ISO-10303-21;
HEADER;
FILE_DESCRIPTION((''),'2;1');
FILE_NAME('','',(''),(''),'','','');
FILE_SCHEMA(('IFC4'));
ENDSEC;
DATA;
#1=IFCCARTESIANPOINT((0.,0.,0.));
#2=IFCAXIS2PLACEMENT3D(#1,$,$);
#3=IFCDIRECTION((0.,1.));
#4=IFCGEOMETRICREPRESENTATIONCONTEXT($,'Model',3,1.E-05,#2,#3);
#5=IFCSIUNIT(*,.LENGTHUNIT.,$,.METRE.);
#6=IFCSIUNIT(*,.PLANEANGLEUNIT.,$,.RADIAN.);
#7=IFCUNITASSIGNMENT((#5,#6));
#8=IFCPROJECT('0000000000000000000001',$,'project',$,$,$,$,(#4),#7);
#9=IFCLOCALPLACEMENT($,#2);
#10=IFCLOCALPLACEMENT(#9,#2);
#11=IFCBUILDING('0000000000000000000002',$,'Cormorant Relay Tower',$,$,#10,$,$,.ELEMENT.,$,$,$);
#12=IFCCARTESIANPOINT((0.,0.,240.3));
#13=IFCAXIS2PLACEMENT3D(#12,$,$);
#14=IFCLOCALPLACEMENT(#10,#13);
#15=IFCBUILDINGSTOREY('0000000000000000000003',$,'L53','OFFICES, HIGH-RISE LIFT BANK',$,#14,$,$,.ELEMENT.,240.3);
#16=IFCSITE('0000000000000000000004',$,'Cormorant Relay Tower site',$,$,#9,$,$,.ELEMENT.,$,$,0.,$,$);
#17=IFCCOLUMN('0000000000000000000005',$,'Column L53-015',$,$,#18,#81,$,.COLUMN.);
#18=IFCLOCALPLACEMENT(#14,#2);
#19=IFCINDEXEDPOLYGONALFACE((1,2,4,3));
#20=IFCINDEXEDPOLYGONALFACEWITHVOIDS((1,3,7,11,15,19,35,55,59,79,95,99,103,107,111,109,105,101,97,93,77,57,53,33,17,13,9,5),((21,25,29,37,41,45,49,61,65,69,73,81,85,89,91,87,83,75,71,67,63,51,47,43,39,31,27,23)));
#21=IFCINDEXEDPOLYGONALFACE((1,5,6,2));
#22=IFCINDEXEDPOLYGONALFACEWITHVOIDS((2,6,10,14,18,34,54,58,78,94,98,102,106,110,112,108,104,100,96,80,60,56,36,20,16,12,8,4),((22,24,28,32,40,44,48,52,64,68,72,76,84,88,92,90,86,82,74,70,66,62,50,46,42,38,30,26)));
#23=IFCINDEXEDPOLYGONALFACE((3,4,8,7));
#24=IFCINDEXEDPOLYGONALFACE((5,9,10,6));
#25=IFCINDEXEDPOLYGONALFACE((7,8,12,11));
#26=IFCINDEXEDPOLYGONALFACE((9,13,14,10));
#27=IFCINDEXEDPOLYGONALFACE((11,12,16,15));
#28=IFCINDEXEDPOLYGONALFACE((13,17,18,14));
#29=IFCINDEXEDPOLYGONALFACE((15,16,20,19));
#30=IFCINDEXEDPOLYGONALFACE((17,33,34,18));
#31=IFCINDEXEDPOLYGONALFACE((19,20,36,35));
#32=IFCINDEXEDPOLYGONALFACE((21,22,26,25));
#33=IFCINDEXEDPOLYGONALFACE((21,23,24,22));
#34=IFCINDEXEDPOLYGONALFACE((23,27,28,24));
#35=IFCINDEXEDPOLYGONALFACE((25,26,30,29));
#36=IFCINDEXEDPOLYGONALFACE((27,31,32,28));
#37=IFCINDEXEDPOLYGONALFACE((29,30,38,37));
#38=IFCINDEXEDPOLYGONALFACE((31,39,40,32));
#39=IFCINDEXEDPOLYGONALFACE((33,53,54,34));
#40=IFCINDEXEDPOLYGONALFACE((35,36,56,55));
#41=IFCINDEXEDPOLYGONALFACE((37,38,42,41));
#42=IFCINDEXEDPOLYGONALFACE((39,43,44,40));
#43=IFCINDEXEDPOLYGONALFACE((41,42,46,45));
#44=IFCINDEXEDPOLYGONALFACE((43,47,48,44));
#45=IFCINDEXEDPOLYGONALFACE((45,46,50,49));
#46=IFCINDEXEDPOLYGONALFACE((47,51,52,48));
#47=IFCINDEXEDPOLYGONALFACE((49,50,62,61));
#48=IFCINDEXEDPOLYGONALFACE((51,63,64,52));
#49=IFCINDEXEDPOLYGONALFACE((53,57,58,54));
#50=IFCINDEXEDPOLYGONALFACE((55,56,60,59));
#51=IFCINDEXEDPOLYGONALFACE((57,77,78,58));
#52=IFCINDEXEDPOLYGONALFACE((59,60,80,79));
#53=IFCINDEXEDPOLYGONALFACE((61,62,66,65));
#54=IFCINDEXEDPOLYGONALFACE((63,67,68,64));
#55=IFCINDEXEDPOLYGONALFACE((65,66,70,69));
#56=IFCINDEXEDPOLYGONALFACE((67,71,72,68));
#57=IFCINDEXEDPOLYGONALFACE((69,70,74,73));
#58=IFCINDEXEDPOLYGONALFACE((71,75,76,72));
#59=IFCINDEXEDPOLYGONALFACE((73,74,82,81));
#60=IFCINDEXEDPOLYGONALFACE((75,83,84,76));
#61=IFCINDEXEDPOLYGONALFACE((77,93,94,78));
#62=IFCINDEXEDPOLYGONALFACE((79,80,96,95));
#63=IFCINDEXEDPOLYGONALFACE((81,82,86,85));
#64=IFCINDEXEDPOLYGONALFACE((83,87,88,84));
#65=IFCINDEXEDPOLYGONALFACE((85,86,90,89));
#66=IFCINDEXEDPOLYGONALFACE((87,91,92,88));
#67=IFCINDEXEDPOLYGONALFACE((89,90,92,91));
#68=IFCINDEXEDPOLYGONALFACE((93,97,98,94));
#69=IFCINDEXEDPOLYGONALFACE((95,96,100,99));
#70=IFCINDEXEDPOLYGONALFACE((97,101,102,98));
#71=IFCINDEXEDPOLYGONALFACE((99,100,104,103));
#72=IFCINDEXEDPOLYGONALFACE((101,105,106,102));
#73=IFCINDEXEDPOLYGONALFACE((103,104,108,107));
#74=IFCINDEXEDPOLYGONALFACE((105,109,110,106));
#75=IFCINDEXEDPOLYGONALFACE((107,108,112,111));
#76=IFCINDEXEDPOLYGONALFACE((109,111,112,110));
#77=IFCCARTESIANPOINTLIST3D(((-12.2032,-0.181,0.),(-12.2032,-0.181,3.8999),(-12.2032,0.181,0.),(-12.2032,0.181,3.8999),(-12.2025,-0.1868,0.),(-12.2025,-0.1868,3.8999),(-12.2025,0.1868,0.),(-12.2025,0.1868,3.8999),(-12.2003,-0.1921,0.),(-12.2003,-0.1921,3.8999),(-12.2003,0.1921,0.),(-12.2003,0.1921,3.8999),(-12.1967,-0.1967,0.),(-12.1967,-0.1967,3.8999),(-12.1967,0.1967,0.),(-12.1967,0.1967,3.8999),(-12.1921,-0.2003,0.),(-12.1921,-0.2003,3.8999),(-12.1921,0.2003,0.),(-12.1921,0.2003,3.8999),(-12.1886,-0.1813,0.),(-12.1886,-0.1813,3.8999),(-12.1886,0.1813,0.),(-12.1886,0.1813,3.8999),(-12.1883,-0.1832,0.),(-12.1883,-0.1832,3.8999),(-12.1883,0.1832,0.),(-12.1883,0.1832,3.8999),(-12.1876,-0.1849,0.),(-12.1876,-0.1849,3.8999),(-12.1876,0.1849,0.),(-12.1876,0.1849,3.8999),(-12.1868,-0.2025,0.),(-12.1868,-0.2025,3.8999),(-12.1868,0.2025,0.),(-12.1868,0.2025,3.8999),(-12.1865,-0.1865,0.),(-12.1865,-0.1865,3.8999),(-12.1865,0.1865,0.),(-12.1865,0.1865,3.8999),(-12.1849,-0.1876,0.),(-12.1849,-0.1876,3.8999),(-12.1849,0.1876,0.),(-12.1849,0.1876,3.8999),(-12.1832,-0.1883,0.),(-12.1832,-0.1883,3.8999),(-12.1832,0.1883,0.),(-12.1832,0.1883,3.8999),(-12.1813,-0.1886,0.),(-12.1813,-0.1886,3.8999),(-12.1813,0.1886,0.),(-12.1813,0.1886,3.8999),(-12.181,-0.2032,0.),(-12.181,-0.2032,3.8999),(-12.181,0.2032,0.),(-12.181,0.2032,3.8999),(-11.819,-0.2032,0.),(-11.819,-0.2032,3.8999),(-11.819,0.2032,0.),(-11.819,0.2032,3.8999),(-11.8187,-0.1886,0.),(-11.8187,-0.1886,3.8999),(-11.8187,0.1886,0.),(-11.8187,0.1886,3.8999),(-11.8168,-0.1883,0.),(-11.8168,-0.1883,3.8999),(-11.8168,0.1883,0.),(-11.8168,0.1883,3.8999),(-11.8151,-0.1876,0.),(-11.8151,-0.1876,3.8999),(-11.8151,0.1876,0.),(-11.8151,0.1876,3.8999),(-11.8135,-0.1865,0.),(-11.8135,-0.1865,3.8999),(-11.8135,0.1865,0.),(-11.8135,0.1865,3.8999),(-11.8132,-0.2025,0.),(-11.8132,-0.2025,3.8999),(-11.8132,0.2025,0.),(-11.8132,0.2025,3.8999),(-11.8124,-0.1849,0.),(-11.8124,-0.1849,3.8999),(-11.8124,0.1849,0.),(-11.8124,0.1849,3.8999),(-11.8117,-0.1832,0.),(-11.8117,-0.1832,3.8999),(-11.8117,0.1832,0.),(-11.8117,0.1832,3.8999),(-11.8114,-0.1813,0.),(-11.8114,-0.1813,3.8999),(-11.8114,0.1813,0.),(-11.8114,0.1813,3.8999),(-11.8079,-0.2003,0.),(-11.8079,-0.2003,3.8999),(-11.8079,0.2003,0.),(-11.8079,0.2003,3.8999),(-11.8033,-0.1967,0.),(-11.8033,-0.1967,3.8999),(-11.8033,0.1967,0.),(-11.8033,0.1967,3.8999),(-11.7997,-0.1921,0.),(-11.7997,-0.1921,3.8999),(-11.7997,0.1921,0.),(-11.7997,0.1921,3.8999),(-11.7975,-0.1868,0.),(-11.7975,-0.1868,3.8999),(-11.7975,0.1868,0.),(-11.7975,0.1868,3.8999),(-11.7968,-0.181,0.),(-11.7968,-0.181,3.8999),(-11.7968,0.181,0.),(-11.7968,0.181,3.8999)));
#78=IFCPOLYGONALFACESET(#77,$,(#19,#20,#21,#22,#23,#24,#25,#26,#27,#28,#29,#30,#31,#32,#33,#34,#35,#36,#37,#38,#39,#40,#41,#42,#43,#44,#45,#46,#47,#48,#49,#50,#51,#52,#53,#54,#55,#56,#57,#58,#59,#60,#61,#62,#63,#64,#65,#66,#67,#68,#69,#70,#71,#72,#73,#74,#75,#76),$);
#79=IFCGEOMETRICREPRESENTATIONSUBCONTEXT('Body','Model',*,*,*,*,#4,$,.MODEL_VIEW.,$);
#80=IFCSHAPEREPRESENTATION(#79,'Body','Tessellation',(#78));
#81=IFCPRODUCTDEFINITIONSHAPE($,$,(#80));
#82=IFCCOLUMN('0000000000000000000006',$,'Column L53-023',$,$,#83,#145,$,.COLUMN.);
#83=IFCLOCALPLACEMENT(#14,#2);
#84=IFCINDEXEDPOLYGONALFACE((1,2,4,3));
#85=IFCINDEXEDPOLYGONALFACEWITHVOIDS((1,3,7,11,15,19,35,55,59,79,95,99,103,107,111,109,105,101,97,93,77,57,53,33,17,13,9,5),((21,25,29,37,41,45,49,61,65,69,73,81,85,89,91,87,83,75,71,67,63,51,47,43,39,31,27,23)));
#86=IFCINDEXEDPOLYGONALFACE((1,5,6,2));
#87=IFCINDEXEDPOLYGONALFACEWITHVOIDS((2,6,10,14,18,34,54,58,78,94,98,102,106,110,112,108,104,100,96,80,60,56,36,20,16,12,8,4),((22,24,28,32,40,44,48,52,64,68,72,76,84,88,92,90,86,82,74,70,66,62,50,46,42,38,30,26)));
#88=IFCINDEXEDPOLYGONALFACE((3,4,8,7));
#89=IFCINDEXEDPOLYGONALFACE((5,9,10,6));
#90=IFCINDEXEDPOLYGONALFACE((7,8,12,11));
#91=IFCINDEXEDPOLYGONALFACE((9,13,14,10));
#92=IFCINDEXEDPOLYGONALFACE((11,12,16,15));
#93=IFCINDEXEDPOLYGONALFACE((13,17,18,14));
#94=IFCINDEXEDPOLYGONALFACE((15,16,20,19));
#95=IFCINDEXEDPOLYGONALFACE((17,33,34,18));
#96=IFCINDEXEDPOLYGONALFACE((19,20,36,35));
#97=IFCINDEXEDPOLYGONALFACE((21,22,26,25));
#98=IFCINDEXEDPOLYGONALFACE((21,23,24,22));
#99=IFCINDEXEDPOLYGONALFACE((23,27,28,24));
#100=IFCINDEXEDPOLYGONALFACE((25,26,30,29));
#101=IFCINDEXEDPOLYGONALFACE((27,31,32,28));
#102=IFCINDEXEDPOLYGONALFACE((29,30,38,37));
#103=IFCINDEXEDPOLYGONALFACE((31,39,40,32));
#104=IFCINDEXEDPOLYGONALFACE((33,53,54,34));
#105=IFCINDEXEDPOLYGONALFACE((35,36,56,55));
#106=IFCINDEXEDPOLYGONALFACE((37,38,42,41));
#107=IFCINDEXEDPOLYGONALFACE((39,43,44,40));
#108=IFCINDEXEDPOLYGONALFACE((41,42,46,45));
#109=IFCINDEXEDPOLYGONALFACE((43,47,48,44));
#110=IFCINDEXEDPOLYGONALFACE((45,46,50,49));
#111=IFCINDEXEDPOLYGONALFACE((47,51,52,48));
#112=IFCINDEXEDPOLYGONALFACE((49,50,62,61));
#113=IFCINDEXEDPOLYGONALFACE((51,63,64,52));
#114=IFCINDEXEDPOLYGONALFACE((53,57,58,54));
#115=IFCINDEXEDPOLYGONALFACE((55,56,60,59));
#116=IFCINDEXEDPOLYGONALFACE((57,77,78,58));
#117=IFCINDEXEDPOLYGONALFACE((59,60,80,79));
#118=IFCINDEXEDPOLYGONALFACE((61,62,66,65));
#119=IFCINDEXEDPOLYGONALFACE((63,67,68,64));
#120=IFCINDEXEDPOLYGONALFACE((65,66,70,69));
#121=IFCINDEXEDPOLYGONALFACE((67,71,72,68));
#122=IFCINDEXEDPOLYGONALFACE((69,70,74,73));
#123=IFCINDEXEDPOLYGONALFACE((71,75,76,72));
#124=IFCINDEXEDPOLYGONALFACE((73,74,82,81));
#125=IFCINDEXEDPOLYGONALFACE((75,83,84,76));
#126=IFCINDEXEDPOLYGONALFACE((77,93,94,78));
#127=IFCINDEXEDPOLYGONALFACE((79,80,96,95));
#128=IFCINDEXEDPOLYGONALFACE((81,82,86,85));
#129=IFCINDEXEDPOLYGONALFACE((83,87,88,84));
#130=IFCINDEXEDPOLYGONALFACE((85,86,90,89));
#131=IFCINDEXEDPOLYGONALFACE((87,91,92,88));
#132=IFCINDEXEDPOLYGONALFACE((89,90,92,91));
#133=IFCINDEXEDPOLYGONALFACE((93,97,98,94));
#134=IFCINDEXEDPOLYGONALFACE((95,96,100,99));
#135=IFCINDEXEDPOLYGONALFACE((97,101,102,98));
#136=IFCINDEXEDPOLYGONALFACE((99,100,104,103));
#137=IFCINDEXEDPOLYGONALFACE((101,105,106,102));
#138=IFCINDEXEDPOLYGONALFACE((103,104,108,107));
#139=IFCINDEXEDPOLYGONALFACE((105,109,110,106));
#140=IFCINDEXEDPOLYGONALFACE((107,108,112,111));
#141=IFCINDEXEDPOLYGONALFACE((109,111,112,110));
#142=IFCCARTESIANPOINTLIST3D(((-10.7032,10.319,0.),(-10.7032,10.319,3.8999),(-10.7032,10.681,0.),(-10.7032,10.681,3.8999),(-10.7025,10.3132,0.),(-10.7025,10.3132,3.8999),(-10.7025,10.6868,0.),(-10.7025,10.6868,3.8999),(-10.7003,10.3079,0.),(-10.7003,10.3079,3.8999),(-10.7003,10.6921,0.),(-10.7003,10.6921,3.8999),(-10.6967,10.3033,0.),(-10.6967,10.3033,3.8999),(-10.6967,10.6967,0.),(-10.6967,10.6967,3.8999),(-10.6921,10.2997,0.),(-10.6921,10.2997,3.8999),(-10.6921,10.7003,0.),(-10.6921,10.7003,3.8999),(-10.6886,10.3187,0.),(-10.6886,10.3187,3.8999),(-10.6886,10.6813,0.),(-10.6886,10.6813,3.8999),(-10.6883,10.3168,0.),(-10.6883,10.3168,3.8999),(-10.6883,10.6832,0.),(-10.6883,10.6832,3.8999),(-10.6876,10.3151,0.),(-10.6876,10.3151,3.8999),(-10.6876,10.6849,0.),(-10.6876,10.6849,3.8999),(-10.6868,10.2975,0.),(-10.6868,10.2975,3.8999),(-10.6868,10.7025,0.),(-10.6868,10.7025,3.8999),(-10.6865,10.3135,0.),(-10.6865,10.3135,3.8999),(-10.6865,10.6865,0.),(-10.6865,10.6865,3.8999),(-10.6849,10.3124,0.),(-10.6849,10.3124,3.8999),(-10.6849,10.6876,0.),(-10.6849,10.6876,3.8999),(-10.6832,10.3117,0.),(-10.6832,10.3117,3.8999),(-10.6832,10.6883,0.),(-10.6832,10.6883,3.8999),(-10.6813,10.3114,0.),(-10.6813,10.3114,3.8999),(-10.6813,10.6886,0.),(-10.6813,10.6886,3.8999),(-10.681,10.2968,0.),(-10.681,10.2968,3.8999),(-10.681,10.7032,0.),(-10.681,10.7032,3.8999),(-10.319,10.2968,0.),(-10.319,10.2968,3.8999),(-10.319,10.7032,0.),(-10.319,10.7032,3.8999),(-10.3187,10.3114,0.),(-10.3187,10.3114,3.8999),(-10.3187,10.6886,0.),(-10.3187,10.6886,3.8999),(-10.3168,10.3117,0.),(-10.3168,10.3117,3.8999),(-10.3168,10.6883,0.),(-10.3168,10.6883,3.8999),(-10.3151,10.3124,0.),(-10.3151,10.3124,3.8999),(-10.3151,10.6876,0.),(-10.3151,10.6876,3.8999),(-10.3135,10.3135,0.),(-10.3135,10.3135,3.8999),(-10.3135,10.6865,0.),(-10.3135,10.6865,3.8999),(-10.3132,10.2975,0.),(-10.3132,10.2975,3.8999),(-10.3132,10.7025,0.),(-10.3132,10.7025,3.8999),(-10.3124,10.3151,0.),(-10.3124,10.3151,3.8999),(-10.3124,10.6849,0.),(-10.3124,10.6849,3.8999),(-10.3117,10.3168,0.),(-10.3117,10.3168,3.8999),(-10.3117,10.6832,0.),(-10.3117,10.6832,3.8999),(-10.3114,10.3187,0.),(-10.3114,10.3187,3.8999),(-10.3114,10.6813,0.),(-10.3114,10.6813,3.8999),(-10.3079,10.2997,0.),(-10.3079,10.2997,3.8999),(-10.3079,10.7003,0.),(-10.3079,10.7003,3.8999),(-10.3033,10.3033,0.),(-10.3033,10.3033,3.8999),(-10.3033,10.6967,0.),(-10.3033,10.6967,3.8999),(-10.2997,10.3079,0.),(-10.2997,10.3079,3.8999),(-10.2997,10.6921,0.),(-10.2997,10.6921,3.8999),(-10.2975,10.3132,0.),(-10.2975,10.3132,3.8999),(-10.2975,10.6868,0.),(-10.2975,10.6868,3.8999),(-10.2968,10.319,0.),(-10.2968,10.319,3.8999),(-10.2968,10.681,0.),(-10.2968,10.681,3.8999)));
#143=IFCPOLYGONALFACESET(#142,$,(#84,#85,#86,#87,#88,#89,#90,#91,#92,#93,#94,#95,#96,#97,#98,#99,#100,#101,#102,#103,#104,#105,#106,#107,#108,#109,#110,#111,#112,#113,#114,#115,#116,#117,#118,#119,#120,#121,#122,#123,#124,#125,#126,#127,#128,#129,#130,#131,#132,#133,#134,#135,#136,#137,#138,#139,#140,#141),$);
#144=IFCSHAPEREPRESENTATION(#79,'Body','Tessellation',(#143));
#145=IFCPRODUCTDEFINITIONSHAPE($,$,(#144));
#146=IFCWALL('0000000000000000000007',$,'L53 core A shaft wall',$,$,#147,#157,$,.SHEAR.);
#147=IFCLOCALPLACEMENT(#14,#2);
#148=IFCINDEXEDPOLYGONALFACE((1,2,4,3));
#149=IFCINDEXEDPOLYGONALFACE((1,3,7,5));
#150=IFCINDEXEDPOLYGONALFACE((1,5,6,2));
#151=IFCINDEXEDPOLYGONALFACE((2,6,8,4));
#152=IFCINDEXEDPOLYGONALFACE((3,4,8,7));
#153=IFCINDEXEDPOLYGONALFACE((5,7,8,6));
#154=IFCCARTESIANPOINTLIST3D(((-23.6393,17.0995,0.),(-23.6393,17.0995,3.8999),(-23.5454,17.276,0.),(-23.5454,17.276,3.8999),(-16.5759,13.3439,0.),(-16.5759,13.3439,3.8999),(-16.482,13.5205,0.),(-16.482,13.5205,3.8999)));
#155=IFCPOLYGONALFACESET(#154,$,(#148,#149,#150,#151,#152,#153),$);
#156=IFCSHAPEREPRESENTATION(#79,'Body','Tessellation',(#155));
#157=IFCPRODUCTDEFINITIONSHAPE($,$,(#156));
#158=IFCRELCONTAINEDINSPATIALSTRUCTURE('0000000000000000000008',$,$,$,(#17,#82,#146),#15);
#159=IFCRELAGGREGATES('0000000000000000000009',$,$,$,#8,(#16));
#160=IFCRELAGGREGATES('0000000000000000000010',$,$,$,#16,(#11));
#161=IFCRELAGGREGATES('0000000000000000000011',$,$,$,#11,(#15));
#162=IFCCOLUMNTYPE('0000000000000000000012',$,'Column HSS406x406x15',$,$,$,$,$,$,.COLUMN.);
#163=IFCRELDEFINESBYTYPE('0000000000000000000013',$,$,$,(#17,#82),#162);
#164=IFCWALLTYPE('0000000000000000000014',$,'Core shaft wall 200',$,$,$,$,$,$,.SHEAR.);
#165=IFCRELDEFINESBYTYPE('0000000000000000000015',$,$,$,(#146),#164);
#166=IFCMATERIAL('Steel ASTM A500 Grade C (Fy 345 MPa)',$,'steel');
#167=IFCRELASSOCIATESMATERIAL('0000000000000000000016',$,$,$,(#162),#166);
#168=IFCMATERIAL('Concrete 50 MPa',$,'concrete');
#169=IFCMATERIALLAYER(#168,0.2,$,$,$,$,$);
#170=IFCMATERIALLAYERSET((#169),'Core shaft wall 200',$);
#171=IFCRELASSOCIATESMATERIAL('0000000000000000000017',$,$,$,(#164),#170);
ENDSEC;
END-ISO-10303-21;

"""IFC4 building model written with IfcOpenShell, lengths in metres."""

from ifc_helpers import new_model, si_unit, direction, frame, frame_2d, origin, origin_2d, place, context, subcontext, project, spatial, rectangle, hollow_rectangle, extrude, material, layer, layer_set, material_profile, profile_set, type_object, element, save


model = new_model("IFC4")

# Units and contexts
model_context = context("Model", 3, precision=1e-05, world=origin(), true_north=direction((0.0, 1.0)))
body_context = subcontext(model_context, "Body", "Model", "MODEL_VIEW")
ifc_project = project(units=[si_unit("LENGTHUNIT", "METRE"), si_unit("PLANEANGLEUNIT", "RADIAN")], contexts=[model_context])

# Site, building, storey
site_placement = place(None, origin())
site = spatial("IfcSite", under=ifc_project, at=site_placement, Name="Cormorant Relay Tower site", CompositionType="ELEMENT", RefElevation=0.0)
building_placement = place(site_placement, origin())
building = spatial("IfcBuilding", under=site, at=building_placement, Name="Cormorant Relay Tower", CompositionType="ELEMENT")
storey_placement = place(building_placement, frame((0.0, 0.0, 240.3)))
storey = spatial("IfcBuildingStorey", under=building, at=storey_placement, Name="L53", Description="OFFICES, HIGH-RISE LIFT BANK", CompositionType="ELEMENT", Elevation=240.3)

# Columns
ifc_material_1 = material(Name="Steel ASTM A500 Grade C (Fy 345 MPa)", Category="steel")
ifc_material_profile = material_profile(ifc_material_1, hollow_rectangle(XDim=0.4065, YDim=0.4065, WallThickness=0.0146, InnerFilletRadius=0.0073, OuterFilletRadius=0.0222, at=origin_2d()), Name="HSS406x406x15")
ifc_profile_set = profile_set([ifc_material_profile], Name="Steel ASTM A500 Grade C (Fy 345 MPa)")
column_type = type_object("IfcColumnType", Name="Column HSS406x406x15", PredefinedType="COLUMN", material=ifc_profile_set)
for number, where, z_axis, x_axis, name in (
    (1, (-12.0, 0.0, 0.0), (0.0, 0.0, 1.0), (1.0, 0.0, 0.0), "Column L53-015"),
    (2, (-10.5, 10.5, 0.0), (0.0, 0.0, 1.0), (1.0, 0.0, 0.0), "Column L53-023"),
):
    element("IfcColumn", number, at=place(storey_placement, frame(where, z_axis=z_axis, x_axis=x_axis)), inside=storey, type_object=column_type, Name=name, PredefinedType="COLUMN", context=body_context, shape_type="SweptSolid", body=[
        extrude(hollow_rectangle(XDim=0.4065, YDim=0.4065, WallThickness=0.0146, InnerFilletRadius=0.0073, OuterFilletRadius=0.0222, at=origin_2d()), origin(), (0.0, 0.0, 1.0), 3.8999),
    ])

# Wall
ifc_material_2 = material(Name="Concrete 50 MPa", Category="concrete")
ifc_layer_1 = layer(ifc_material_2, 0.2)
ifc_layer_set_1 = layer_set([ifc_layer_1], Name="Core shaft wall 200")
wall_type_1 = type_object("IfcWallType", Name="Core shaft wall 200", PredefinedType="SHEAR", material=ifc_layer_set_1)
wall_1_placement = place(storey_placement, frame((-16.5288, 13.4321, 0.0), z_axis=(0.0, 0.0, 1.0), x_axis=(-0.882953, 0.469462, 0.0)))
element("IfcWall", 3, at=wall_1_placement, inside=storey, type_object=wall_type_1, Name="L53 core A shaft wall", PredefinedType="SHEAR", context=body_context, shape_type="SweptSolid", body=[
    extrude(rectangle(XDim=7.9998, YDim=0.2, at=frame_2d((4.0, 0.0))), origin(), (0.0, 0.0, 1.0), 3.8999),
])

save(model, "model.ifc")
